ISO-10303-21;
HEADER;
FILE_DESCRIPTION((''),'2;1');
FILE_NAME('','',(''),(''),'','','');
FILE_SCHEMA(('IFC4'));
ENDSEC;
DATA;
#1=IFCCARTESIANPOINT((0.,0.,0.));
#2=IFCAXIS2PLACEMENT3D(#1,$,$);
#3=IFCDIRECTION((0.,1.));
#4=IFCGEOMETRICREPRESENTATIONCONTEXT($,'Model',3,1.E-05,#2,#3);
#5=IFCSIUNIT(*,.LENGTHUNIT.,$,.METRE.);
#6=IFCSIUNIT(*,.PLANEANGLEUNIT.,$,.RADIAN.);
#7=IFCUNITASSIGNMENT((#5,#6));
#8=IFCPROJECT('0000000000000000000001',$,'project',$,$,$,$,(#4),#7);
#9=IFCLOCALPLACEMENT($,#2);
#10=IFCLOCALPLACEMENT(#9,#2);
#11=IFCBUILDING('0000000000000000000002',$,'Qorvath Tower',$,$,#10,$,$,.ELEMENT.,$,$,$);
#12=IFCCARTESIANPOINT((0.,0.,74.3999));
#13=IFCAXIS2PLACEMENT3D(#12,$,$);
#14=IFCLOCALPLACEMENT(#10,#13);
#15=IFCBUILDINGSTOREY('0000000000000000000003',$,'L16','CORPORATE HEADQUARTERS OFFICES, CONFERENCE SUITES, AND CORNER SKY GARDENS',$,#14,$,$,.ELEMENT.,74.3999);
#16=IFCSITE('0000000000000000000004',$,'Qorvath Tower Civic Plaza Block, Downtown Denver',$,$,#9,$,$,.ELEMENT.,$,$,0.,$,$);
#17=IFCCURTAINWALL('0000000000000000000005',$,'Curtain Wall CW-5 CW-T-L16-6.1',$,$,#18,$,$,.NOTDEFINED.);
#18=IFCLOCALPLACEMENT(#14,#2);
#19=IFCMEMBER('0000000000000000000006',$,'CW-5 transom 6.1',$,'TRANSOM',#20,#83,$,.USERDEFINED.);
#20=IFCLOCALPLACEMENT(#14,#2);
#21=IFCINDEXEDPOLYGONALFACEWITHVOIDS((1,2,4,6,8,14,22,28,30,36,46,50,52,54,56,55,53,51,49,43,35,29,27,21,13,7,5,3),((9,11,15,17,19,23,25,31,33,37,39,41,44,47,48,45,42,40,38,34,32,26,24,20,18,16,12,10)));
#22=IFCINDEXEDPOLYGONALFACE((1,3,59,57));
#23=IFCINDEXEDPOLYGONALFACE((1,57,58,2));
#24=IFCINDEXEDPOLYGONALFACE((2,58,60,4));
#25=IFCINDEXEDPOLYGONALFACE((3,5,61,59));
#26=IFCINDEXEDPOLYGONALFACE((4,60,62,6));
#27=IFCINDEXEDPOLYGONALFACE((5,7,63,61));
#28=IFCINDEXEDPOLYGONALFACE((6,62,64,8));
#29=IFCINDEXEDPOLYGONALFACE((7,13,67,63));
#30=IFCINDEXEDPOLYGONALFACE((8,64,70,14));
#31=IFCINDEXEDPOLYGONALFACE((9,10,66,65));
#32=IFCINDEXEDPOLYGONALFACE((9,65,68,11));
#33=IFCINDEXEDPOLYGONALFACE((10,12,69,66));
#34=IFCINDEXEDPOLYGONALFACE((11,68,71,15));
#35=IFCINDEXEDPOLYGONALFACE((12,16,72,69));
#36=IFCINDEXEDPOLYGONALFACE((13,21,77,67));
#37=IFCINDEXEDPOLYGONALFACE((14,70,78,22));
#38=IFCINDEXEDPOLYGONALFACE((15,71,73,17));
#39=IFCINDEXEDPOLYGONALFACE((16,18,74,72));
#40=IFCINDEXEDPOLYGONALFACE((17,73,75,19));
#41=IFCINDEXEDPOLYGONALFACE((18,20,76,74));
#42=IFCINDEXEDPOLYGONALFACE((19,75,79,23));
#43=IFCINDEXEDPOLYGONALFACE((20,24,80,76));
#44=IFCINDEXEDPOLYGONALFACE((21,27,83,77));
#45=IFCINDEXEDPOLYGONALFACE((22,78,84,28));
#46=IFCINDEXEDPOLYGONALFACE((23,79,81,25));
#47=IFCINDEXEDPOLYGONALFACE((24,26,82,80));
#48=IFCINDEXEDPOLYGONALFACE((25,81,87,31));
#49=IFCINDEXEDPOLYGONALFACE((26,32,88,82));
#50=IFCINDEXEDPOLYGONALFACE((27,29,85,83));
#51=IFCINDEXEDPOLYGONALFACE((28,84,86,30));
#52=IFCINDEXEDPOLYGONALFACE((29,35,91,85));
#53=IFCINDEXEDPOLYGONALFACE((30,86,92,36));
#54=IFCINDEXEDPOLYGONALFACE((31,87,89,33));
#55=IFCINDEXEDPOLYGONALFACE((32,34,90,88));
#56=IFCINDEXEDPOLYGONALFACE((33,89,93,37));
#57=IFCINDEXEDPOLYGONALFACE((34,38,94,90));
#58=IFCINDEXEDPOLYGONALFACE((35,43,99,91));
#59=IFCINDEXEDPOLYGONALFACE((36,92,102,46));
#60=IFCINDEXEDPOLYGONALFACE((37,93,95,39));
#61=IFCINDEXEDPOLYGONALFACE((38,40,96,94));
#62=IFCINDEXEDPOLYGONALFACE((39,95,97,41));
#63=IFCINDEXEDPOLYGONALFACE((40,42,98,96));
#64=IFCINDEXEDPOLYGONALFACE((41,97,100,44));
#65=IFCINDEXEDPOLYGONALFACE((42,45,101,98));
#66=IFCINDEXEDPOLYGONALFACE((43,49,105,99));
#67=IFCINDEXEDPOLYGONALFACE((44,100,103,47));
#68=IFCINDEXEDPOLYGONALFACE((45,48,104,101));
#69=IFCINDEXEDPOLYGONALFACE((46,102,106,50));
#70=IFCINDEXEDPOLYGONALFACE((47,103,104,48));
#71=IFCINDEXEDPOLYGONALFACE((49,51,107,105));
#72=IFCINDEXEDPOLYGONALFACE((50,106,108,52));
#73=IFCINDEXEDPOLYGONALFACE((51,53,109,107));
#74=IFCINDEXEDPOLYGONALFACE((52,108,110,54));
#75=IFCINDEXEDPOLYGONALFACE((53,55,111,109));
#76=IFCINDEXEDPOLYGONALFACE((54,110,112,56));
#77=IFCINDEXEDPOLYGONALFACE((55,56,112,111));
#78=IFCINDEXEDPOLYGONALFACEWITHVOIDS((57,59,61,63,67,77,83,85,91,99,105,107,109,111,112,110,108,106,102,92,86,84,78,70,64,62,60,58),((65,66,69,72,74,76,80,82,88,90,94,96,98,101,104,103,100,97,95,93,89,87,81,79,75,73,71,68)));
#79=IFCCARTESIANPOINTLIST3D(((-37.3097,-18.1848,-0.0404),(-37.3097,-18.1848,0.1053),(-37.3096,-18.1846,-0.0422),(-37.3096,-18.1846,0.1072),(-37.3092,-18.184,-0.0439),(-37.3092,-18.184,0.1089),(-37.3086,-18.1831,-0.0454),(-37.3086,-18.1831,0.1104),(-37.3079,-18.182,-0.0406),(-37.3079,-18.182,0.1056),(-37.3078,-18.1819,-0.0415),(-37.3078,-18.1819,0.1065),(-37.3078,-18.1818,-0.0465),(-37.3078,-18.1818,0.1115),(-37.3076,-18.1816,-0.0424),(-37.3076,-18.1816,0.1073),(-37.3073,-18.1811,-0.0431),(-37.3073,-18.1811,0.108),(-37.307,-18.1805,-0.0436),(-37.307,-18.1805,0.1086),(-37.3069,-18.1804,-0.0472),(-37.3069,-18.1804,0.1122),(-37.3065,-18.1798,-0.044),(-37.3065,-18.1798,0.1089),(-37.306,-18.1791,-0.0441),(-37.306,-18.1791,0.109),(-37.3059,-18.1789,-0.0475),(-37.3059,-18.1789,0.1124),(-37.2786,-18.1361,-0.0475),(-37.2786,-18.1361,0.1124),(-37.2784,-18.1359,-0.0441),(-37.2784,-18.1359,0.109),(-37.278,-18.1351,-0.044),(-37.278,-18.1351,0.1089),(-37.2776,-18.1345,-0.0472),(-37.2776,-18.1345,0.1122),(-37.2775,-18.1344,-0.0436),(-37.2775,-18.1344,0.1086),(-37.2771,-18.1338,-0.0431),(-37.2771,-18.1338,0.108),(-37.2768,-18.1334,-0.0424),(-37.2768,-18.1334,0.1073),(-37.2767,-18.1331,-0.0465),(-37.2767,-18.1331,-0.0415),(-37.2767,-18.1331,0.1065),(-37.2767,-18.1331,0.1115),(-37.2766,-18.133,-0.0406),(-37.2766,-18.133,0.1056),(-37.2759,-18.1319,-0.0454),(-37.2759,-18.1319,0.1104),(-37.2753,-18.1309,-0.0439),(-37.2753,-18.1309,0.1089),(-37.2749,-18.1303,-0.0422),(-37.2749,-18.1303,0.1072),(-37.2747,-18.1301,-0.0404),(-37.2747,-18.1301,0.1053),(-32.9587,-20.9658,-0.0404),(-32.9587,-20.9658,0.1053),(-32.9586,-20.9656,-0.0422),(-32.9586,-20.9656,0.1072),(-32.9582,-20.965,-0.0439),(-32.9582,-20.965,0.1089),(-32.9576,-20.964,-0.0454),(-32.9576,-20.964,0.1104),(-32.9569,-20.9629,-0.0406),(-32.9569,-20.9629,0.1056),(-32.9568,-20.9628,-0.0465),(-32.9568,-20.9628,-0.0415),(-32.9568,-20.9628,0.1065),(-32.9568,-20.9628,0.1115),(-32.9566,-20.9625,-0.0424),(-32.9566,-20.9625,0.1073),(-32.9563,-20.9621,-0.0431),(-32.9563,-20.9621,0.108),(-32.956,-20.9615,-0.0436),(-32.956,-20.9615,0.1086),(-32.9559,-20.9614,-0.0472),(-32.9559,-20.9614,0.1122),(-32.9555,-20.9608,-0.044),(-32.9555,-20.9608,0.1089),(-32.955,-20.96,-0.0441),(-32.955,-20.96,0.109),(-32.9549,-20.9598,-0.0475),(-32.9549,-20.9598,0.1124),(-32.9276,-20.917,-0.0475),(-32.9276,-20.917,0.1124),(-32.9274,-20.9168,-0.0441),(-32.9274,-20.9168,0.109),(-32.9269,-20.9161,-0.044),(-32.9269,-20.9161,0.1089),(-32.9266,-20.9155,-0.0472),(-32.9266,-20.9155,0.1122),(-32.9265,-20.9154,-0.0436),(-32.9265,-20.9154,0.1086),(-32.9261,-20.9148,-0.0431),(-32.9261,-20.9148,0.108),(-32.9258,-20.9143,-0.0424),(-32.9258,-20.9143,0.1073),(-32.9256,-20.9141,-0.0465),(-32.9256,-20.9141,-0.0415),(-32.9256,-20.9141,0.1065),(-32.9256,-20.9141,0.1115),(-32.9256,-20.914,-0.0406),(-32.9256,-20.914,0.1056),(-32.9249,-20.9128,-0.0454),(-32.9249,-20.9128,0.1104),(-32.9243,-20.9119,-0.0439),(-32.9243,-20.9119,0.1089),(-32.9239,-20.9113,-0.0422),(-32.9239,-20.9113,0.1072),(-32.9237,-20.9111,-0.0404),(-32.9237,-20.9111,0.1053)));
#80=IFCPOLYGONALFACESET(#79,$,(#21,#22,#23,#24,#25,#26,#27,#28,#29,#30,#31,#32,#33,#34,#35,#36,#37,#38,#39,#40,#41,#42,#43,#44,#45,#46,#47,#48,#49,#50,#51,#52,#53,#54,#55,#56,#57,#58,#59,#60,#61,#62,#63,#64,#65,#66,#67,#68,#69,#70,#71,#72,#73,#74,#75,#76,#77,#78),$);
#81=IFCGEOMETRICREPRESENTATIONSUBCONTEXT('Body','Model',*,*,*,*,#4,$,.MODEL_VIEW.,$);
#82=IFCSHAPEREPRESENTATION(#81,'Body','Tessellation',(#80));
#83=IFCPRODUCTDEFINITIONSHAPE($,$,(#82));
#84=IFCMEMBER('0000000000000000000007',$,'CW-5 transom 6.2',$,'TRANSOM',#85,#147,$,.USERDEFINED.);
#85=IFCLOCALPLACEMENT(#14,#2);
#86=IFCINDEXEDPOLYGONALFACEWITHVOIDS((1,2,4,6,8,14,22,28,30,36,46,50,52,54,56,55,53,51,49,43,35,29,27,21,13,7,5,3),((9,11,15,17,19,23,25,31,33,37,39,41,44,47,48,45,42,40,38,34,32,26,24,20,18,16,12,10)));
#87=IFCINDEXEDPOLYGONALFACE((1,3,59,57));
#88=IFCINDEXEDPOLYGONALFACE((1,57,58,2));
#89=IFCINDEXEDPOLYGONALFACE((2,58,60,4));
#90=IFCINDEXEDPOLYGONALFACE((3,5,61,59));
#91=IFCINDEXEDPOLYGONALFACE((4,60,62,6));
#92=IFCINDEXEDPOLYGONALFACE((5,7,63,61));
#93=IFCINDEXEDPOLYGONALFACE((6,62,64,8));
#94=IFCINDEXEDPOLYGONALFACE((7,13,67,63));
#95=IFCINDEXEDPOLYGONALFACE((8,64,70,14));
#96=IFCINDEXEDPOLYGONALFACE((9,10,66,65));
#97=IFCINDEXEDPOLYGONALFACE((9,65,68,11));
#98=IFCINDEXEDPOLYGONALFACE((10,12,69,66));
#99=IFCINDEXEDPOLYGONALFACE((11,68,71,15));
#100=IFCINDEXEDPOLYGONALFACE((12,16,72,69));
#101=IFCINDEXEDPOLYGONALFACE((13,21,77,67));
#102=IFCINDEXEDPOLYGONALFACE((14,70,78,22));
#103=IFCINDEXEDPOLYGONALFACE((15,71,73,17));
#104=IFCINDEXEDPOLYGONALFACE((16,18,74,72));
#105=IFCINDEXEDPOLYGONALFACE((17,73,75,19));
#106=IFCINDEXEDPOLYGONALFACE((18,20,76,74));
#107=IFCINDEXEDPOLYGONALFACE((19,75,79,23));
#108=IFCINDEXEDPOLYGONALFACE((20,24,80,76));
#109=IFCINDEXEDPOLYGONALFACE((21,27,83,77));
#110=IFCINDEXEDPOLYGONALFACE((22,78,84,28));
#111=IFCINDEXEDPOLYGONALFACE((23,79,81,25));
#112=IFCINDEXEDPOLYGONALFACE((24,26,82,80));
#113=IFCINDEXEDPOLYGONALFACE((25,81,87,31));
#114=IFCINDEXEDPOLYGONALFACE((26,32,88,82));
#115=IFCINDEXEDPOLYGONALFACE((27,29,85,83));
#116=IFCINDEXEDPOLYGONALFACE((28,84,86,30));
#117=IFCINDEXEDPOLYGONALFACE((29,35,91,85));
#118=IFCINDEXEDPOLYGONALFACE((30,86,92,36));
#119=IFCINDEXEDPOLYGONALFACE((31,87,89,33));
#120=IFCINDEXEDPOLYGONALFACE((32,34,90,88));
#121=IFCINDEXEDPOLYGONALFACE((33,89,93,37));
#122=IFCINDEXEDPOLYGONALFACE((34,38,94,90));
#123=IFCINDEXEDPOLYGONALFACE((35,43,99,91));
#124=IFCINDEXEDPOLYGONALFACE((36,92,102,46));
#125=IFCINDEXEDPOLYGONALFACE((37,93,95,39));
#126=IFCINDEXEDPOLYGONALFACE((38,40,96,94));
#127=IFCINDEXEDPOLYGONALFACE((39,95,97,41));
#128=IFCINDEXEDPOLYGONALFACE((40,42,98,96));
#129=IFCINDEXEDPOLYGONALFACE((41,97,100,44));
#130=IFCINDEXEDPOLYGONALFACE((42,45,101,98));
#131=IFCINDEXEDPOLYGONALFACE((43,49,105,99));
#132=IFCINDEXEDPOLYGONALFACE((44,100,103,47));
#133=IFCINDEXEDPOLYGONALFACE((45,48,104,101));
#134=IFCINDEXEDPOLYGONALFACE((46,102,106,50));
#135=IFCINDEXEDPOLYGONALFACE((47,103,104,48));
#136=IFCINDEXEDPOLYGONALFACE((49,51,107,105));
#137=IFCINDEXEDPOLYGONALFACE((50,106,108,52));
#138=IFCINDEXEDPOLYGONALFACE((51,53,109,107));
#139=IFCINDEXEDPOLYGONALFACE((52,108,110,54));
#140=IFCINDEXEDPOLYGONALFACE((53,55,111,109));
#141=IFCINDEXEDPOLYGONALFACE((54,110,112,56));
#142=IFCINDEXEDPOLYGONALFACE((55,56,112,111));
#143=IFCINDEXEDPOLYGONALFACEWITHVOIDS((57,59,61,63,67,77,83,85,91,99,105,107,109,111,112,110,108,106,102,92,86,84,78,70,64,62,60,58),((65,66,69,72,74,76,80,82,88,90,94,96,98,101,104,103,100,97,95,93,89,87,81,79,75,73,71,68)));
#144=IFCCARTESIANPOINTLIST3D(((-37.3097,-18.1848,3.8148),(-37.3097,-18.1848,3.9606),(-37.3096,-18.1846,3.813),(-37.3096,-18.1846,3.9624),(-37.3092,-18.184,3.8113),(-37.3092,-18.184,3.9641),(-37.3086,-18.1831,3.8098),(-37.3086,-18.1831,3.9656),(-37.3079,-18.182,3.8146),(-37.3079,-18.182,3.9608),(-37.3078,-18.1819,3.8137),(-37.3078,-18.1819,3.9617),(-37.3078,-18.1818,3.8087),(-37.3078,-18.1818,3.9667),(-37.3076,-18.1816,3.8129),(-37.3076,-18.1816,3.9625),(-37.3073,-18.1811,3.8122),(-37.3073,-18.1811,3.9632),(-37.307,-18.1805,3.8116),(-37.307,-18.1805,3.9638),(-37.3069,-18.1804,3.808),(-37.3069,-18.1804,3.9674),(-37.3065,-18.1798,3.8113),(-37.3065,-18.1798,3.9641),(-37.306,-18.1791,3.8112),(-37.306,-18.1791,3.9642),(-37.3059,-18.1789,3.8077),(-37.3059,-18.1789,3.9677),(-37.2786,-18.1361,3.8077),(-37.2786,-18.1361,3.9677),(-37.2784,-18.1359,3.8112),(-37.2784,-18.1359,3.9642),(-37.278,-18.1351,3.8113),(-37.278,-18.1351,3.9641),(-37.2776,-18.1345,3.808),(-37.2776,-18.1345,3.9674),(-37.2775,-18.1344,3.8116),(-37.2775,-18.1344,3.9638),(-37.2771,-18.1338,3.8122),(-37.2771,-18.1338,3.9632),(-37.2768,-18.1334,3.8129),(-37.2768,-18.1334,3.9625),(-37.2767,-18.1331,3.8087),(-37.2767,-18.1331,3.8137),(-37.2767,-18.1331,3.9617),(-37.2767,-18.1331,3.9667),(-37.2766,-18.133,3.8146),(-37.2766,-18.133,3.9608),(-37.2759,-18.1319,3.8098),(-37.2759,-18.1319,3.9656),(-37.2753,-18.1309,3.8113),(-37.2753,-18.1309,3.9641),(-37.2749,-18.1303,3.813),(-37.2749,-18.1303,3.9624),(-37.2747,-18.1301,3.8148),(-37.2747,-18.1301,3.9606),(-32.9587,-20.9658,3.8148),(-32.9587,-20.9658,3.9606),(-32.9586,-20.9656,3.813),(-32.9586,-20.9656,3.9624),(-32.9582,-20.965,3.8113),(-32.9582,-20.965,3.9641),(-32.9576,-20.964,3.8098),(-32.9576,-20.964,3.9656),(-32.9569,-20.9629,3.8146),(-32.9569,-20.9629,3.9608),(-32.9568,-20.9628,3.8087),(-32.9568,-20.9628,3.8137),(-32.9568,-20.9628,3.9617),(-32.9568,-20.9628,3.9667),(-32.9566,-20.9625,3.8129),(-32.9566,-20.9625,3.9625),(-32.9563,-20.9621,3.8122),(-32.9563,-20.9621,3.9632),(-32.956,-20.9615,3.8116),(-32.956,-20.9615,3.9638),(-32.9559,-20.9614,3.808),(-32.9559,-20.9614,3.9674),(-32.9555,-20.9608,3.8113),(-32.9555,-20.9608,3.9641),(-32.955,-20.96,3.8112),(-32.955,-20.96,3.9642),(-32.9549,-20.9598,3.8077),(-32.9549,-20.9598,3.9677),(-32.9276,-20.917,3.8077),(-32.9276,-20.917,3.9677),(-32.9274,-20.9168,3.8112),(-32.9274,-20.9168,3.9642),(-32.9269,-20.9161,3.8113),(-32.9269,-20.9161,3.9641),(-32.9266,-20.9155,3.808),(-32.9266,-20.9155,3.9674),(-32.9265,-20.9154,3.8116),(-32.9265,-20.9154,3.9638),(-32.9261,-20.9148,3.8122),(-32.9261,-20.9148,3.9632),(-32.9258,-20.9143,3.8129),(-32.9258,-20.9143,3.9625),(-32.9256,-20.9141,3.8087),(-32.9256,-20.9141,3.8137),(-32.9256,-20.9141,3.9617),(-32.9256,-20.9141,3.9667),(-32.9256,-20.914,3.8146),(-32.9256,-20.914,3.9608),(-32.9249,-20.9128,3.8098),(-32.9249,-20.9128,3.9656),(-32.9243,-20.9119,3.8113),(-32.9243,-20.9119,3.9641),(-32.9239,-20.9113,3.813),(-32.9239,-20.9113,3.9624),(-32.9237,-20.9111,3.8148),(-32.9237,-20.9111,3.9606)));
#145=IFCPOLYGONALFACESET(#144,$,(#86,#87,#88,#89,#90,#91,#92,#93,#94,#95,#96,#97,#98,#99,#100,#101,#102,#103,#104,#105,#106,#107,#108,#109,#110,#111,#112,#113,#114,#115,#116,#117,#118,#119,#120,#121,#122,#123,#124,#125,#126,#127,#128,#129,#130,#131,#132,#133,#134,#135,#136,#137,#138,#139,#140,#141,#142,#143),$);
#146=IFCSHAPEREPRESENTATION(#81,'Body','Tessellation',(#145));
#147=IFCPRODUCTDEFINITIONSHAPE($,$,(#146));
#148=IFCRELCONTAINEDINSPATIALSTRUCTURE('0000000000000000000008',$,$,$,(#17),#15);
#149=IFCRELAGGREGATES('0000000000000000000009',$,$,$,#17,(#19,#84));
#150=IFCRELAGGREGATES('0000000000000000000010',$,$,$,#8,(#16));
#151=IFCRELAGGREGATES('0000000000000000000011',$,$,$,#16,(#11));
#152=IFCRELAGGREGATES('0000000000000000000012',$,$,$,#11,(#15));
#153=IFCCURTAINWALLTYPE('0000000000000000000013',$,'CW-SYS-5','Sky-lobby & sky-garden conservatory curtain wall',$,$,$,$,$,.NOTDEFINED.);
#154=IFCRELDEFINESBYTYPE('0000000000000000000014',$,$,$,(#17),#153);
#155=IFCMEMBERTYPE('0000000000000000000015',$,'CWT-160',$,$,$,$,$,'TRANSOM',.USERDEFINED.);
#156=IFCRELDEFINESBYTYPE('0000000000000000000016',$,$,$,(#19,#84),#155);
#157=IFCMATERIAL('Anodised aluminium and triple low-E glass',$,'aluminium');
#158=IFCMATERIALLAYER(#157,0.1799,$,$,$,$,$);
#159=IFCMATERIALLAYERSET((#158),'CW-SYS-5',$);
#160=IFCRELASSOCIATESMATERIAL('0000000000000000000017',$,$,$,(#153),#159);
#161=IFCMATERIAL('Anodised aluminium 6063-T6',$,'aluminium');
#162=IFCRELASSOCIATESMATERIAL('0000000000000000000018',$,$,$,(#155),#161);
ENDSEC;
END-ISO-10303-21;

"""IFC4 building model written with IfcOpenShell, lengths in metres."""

from ifc_helpers import new_model, si_unit, direction, frame, origin, origin_2d, place, context, subcontext, project, spatial, hollow_rectangle, extrude, material, layer, layer_set, material_profile, profile_set, type_object, element, aggregate, save


model = new_model("IFC4")

# Units and contexts
model_context = context("Model", 3, precision=1e-05, world=origin(), true_north=direction((0.0, 1.0)))
body_context = subcontext(model_context, "Body", "Model", "MODEL_VIEW")
ifc_project = project(units=[si_unit("LENGTHUNIT", "METRE"), si_unit("PLANEANGLEUNIT", "RADIAN")], contexts=[model_context])

# Site, building, storey
site_placement = place(None, origin())
site = spatial("IfcSite", under=ifc_project, at=site_placement, Name="Qorvath Tower Civic Plaza Block, Downtown Denver", CompositionType="ELEMENT", RefElevation=0.0)
building_placement = place(site_placement, origin())
building = spatial("IfcBuilding", under=site, at=building_placement, Name="Qorvath Tower", CompositionType="ELEMENT")
storey_placement = place(building_placement, frame((0.0, 0.0, 74.3999)))
storey = spatial("IfcBuildingStorey", under=building, at=storey_placement, Name="L16", Description="CORPORATE HEADQUARTERS OFFICES, CONFERENCE SUITES, AND CORNER SKY GARDENS", CompositionType="ELEMENT", Elevation=74.3999)

# Curtain wall, members
ifc_material_1 = material(Name="Anodised aluminium and triple low-E glass", Category="aluminium")
ifc_layer_1 = layer(ifc_material_1, 0.1799)
ifc_layer_set_1 = layer_set([ifc_layer_1], Name="CW-SYS-5")
curtain_wall_type = type_object("IfcCurtainWallType", Name="CW-SYS-5", Description="Sky-lobby & sky-garden conservatory curtain wall", PredefinedType="NOTDEFINED", material=ifc_layer_set_1)
curtain_wall_placement = place(storey_placement, origin())
curtain_wall = element("IfcCurtainWall", 1, at=curtain_wall_placement, inside=storey, type_object=curtain_wall_type, Name="Curtain Wall CW-5 CW-T-L16-6.1", PredefinedType="NOTDEFINED")
ifc_material_2 = material(Name="Anodised aluminium 6063-T6", Category="aluminium")
ifc_material_profile_1 = material_profile(ifc_material_2, hollow_rectangle(XDim=0.0649, YDim=0.1599, WallThickness=0.0034, InnerFilletRadius=0.0034, OuterFilletRadius=0.0071, at=origin_2d()), Name="CWT 160x65")
ifc_profile_set_1 = profile_set([ifc_material_profile_1], Name="Anodised aluminium 6063-T6")
member_type_1 = type_object("IfcMemberType", Name="CWT-160", ElementType="TRANSOM", PredefinedType="USERDEFINED", material=ifc_profile_set_1)
member_1_placement = place(storey_placement, frame((-37.2922, -18.1575, 0.0325), z_axis=(0.842595, -0.538548, 0.0), x_axis=(0.538548, 0.842595, 0.0)))
member_1 = element("IfcMember", 2, at=member_1_placement, type_object=member_type_1, Name="CW-5 transom 6.1", ObjectType="TRANSOM", PredefinedType="USERDEFINED", context=body_context, shape_type="SweptSolid", body=[
    extrude(hollow_rectangle(XDim=0.0649, YDim=0.1599, WallThickness=0.0034, InnerFilletRadius=0.0034, OuterFilletRadius=0.0071, at=origin_2d()), origin(), (0.0, 0.0, 1.0), 5.1638),
])
member_2_placement = place(storey_placement, frame((-37.2922, -18.1575, 3.8877), z_axis=(0.842595, -0.538548, 0.0), x_axis=(0.538548, 0.842595, 0.0)))
member_2 = element("IfcMember", 3, at=member_2_placement, type_object=member_type_1, Name="CW-5 transom 6.2", ObjectType="TRANSOM", PredefinedType="USERDEFINED", context=body_context, shape_type="SweptSolid", body=[
    extrude(hollow_rectangle(XDim=0.0649, YDim=0.1599, WallThickness=0.0034, InnerFilletRadius=0.0034, OuterFilletRadius=0.0071, at=origin_2d()), origin(), (0.0, 0.0, 1.0), 5.1638),
])
aggregate(curtain_wall, [member_1, member_2])

save(model, "model.ifc")
